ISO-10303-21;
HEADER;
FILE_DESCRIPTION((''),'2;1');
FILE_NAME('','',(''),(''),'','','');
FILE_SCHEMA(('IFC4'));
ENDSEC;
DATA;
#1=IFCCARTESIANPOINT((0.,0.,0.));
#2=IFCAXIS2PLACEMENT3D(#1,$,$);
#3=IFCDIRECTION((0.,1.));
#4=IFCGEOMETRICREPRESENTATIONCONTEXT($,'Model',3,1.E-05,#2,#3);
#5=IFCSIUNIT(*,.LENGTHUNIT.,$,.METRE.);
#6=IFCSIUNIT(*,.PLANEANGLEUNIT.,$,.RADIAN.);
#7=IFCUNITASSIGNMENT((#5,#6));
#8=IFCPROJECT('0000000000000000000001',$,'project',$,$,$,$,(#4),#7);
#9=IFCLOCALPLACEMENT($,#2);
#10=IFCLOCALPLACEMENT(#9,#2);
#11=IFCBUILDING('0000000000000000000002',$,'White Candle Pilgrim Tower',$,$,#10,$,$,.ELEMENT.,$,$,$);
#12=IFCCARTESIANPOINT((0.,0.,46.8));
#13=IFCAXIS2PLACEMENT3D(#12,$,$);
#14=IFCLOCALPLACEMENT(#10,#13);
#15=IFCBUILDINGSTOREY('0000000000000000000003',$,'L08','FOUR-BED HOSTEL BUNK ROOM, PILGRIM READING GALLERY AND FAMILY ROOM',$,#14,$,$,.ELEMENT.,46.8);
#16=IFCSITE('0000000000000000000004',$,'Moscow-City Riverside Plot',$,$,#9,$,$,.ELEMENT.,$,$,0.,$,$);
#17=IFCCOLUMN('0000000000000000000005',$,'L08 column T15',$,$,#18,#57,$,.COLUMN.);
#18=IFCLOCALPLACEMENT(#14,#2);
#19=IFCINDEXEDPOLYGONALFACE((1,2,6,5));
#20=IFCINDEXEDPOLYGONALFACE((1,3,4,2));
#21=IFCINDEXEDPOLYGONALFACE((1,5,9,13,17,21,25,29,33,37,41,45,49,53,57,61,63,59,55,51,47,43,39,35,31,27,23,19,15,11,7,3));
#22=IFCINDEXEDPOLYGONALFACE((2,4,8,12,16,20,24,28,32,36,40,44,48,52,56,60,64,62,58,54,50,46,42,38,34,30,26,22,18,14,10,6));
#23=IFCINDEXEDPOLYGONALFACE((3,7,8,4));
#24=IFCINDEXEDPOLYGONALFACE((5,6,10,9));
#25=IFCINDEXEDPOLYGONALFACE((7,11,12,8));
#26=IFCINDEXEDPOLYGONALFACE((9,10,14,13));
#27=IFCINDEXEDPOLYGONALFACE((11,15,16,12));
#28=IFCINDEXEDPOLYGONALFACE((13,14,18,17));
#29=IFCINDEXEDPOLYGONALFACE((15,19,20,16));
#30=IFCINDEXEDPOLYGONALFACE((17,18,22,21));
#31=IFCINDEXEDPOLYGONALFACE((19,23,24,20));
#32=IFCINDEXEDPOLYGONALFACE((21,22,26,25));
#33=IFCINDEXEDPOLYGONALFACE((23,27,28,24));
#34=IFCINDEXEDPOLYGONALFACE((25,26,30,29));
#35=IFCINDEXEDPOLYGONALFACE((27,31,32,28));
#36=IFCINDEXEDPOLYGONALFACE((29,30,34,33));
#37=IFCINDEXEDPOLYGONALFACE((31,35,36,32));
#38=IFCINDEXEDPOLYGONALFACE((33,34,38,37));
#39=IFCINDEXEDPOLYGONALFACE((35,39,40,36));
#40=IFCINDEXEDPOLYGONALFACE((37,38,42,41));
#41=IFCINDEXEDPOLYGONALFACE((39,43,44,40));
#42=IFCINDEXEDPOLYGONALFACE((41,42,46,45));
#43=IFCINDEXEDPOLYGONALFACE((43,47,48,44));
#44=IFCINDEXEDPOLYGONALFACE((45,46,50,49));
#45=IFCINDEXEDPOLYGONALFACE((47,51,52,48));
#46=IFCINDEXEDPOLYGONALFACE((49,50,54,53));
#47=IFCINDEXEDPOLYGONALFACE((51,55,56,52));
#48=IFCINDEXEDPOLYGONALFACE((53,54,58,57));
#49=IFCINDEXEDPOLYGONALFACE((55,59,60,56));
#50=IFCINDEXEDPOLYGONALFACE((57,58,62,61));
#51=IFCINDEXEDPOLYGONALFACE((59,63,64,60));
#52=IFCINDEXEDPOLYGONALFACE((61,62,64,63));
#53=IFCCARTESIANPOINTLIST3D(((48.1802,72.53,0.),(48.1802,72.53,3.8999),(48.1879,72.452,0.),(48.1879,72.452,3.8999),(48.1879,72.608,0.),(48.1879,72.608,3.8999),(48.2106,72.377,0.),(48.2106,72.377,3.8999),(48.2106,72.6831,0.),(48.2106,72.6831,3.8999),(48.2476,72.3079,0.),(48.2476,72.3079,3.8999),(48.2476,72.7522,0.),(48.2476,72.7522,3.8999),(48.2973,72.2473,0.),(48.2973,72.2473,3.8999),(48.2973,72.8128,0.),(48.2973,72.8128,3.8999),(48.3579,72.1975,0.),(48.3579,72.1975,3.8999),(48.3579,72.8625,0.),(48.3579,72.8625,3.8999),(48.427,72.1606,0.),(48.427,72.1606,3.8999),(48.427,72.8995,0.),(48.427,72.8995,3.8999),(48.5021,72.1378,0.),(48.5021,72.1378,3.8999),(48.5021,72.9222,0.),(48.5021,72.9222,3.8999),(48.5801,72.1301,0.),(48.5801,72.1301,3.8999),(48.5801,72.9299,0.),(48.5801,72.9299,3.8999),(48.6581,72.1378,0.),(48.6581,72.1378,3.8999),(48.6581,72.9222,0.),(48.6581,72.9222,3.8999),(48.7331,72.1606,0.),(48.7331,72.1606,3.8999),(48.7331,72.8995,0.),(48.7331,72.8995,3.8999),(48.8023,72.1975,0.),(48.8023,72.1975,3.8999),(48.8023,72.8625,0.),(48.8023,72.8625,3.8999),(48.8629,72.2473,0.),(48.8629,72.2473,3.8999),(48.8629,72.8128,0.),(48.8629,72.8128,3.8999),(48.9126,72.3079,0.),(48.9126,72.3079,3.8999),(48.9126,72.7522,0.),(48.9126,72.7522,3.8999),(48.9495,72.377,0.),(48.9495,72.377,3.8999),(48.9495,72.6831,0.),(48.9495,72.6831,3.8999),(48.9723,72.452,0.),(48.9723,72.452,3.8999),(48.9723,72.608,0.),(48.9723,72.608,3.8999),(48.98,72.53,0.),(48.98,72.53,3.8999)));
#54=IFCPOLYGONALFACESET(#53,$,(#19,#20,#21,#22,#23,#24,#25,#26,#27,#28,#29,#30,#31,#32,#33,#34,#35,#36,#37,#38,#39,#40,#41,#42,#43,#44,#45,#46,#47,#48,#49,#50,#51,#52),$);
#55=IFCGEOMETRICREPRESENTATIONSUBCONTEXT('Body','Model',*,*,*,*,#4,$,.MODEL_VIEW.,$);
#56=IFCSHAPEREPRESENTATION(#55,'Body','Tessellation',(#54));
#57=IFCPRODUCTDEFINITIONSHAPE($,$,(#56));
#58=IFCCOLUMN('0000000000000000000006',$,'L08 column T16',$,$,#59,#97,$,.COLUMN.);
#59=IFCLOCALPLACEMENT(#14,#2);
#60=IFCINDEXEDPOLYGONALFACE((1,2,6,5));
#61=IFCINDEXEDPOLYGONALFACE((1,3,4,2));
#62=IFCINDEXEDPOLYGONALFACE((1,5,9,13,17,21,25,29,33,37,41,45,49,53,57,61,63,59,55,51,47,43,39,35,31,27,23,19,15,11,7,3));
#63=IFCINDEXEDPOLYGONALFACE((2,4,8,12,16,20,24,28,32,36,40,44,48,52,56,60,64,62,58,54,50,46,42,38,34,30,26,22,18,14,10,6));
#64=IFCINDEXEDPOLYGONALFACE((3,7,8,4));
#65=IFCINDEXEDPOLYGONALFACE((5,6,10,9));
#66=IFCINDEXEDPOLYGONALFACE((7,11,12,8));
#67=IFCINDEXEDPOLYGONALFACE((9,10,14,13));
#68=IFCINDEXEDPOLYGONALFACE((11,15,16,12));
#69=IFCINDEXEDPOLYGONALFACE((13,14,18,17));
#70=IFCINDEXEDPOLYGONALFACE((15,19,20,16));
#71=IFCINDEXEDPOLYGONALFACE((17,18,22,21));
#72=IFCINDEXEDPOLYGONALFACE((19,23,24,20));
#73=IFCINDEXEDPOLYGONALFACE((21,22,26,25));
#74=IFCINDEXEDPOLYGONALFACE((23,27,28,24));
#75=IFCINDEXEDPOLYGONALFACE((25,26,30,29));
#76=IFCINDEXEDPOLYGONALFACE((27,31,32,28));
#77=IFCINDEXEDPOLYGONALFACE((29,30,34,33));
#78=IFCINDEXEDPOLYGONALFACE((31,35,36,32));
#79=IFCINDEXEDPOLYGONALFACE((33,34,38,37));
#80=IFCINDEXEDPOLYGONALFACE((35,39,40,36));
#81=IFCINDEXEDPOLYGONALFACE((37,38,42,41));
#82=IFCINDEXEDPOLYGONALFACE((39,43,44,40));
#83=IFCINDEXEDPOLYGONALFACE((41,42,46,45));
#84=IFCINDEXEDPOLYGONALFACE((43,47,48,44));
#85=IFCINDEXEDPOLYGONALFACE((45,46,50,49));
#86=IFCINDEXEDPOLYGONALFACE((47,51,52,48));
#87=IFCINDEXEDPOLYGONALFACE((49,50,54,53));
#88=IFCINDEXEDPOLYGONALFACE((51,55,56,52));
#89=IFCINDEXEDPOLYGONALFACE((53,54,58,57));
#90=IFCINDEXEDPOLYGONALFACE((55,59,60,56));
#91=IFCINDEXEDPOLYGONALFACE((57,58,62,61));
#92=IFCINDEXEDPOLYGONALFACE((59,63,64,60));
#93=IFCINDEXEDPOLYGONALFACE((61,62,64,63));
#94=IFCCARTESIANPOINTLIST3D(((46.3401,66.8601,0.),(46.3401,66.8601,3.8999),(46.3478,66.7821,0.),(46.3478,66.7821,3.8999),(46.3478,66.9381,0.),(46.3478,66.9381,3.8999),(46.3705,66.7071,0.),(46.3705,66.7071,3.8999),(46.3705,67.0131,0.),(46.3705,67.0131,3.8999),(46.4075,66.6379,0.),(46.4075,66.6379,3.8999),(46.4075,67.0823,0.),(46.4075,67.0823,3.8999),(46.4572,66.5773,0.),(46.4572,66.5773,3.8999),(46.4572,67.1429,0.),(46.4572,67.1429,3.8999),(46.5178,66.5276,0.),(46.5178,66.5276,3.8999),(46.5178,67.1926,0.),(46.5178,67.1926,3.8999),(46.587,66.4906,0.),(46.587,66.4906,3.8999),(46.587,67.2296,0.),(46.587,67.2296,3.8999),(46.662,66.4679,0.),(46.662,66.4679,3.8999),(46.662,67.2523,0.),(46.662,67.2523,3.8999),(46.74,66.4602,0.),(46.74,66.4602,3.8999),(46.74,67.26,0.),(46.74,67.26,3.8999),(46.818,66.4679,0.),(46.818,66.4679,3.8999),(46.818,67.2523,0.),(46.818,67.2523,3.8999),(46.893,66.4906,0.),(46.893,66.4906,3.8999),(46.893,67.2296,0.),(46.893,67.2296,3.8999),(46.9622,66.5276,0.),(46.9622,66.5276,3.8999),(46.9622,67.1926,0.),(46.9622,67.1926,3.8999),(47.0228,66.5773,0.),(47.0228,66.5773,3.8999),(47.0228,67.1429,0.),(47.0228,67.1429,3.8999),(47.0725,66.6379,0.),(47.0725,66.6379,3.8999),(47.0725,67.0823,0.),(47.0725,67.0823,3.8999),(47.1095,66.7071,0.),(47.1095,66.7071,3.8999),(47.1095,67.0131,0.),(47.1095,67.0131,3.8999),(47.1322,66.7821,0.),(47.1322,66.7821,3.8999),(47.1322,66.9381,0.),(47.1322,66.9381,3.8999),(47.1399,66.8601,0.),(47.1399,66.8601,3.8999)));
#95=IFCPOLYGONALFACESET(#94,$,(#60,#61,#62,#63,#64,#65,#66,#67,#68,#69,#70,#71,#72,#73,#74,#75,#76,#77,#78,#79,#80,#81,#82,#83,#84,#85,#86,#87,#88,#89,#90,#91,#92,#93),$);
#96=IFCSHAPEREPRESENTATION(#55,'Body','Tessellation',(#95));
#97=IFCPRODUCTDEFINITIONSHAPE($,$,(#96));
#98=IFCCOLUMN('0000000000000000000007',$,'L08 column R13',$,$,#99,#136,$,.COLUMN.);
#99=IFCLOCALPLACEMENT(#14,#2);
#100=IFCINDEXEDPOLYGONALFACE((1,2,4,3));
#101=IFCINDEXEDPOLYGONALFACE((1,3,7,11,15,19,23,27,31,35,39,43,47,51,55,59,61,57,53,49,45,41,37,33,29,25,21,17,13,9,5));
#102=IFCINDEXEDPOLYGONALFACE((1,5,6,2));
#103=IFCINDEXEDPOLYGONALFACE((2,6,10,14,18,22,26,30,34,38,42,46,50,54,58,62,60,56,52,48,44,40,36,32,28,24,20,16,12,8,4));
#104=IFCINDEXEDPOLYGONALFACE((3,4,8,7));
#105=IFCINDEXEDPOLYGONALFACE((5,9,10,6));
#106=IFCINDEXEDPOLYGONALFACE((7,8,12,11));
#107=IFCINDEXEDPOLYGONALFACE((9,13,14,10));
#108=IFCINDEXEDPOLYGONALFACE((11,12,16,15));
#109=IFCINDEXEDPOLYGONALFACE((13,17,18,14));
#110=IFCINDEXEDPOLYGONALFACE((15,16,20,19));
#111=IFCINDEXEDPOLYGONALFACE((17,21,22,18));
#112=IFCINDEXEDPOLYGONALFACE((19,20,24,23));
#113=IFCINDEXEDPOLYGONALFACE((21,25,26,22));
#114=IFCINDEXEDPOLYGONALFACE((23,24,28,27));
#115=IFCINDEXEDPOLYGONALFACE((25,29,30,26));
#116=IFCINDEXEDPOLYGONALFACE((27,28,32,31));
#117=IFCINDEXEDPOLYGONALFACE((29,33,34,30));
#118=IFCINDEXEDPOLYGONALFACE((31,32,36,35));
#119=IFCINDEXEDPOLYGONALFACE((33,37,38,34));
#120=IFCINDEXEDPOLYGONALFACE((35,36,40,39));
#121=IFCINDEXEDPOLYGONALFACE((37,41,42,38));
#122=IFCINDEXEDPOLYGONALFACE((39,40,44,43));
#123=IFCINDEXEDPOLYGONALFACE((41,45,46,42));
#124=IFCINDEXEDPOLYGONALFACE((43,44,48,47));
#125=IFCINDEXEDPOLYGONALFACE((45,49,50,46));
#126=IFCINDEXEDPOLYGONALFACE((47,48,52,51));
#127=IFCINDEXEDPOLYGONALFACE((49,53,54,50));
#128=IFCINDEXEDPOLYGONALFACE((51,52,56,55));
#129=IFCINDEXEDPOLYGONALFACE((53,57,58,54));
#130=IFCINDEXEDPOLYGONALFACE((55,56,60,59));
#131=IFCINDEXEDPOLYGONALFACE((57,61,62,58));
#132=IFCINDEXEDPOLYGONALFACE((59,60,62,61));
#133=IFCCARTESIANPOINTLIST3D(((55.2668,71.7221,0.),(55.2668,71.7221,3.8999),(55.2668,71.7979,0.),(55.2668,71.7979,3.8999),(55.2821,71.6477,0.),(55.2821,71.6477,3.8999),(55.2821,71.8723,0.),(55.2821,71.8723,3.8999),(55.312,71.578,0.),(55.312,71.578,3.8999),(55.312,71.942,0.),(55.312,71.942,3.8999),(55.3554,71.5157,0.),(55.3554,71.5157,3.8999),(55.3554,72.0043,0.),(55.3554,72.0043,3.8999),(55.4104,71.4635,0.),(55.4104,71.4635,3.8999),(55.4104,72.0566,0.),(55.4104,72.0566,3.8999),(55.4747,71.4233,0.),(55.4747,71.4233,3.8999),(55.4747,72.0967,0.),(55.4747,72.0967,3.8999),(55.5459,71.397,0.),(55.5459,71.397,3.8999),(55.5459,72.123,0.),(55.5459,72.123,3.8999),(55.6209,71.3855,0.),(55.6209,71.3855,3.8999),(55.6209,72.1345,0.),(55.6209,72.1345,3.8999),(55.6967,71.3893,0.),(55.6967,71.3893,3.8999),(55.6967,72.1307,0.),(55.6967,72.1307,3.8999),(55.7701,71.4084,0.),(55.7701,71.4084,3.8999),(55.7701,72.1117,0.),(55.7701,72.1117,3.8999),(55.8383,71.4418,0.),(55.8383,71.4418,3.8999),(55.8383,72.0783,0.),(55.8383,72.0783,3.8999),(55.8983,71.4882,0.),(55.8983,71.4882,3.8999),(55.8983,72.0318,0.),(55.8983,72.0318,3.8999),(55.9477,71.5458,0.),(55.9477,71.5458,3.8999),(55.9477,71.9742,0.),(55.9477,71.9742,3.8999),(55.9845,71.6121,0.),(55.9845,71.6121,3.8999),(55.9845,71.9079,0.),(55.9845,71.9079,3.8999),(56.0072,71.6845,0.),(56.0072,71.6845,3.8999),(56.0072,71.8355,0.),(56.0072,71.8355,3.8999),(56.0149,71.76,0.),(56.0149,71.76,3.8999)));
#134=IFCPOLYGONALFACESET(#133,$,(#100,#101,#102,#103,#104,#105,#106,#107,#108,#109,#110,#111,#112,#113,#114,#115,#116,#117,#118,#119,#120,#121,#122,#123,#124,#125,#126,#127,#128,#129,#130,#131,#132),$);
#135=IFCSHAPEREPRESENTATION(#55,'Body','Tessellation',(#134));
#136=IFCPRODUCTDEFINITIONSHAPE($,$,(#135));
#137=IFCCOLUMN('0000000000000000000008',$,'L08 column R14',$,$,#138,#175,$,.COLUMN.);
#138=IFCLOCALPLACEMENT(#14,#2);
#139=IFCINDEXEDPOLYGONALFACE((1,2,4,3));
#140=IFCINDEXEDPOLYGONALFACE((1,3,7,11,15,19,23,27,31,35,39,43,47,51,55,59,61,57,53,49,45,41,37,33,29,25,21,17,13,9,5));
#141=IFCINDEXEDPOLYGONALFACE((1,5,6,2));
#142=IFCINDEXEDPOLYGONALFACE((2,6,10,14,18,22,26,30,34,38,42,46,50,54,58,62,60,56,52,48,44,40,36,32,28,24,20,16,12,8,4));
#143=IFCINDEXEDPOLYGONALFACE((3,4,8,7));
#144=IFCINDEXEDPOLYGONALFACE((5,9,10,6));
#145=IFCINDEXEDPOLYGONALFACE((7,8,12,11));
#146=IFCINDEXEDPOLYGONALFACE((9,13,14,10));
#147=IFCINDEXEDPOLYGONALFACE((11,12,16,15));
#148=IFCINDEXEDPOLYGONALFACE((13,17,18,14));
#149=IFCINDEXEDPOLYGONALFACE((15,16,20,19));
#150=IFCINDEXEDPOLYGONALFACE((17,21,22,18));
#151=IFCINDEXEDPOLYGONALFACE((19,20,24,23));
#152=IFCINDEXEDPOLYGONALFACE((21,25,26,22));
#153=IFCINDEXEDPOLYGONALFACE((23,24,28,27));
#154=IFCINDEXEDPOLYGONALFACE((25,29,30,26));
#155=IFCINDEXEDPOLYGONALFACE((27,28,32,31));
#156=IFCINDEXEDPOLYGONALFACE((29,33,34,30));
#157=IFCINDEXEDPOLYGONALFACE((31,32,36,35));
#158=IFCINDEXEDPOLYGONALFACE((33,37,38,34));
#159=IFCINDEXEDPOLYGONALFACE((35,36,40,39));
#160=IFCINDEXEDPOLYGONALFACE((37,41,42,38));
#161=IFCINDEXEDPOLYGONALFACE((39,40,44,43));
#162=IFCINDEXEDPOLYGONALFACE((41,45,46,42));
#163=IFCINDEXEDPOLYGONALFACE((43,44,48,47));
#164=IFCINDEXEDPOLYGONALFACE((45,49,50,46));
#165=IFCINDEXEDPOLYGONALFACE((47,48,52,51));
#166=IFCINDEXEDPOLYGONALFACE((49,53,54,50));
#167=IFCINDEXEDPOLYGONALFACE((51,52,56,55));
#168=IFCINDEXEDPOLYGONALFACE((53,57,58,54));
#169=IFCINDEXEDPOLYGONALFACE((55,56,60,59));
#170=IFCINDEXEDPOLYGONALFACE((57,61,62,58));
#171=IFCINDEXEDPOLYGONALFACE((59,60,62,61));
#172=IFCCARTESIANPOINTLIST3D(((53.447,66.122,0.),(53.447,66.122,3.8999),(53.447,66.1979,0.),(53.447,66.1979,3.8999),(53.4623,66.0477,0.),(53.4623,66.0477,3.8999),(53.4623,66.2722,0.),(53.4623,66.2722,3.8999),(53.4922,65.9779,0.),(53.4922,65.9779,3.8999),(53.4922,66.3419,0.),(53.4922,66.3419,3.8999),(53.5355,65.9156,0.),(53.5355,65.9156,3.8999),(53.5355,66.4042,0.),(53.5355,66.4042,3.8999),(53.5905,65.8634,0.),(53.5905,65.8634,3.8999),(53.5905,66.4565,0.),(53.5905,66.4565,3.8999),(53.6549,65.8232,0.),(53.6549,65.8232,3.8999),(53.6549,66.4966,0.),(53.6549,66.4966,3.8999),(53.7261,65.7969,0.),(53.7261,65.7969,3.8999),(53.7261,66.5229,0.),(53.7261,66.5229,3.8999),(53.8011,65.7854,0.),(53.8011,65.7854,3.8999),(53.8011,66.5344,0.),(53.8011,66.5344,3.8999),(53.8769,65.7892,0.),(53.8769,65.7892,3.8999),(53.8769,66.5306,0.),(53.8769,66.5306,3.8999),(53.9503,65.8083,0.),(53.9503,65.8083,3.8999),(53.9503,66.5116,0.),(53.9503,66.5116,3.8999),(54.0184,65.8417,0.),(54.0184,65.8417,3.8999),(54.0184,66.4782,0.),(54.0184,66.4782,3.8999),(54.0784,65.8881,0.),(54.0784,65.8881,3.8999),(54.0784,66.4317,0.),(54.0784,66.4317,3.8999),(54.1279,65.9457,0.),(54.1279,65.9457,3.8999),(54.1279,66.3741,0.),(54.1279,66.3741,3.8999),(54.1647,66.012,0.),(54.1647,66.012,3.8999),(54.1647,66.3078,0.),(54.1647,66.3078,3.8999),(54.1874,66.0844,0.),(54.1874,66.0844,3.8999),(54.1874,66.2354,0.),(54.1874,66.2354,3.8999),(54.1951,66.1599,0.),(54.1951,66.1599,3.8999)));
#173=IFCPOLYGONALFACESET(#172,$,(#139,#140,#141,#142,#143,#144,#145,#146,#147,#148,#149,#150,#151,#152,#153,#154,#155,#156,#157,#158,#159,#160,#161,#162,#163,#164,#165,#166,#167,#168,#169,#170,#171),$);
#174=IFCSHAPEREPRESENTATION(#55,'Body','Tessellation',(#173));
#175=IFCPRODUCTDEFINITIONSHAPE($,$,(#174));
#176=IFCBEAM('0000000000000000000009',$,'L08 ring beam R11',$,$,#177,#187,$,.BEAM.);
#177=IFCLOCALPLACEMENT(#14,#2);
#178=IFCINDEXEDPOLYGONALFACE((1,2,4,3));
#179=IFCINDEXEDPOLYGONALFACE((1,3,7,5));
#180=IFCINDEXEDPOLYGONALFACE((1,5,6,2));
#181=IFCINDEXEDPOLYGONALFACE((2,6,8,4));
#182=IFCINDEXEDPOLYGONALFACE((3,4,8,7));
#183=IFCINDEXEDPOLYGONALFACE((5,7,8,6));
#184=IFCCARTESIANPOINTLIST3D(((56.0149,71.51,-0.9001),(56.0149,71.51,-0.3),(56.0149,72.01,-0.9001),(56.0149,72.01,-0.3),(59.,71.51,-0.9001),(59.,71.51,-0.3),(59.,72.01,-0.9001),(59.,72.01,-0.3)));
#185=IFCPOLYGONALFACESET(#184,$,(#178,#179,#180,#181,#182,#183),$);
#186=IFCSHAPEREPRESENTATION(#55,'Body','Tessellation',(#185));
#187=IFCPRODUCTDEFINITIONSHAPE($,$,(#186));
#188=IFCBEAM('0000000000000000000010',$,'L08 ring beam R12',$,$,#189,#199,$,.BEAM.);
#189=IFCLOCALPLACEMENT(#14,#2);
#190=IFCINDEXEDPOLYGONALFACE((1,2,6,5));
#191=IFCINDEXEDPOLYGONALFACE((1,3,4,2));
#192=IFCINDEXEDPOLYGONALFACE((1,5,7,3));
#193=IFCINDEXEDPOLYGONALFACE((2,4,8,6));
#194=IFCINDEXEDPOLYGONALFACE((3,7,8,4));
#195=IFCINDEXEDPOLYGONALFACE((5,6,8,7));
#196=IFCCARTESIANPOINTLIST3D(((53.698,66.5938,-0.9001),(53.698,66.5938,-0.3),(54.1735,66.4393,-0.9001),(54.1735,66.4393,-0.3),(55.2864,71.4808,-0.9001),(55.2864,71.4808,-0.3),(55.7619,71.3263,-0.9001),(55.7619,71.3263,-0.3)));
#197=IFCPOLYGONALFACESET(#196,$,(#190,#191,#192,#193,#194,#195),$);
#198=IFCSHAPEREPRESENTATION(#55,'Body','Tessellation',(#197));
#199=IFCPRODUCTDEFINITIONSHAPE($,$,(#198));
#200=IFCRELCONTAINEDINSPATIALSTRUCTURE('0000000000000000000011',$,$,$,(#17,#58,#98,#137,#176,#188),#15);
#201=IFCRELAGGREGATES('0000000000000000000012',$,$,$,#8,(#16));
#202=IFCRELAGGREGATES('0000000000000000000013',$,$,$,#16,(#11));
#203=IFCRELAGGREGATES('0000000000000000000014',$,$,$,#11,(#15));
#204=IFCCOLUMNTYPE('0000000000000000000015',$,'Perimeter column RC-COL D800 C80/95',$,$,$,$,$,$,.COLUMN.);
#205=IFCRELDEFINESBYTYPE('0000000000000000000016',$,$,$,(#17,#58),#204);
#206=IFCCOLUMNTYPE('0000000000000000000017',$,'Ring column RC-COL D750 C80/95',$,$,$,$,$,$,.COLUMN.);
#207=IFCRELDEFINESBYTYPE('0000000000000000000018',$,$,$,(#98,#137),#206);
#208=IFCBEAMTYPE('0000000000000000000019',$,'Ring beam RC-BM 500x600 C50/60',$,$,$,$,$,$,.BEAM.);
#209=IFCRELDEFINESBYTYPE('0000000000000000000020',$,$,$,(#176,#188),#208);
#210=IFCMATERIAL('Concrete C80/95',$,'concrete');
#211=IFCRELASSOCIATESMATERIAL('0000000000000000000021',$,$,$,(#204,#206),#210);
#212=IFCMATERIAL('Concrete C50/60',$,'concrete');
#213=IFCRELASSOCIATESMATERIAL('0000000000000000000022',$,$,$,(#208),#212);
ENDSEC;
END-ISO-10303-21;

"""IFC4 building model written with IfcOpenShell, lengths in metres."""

from ifc_helpers import new_model, si_unit, direction, frame, origin, origin_2d, place, context, subcontext, project, spatial, rectangle, circle, extrude, material, material_profile, profile_set, type_object, element, save


model = new_model("IFC4")

# Units and contexts
model_context = context("Model", 3, precision=1e-05, world=origin(), true_north=direction((0.0, 1.0)))
body_context = subcontext(model_context, "Body", "Model", "MODEL_VIEW")
ifc_project = project(units=[si_unit("LENGTHUNIT", "METRE"), si_unit("PLANEANGLEUNIT", "RADIAN")], contexts=[model_context])

# Site, building, storey
site_placement = place(None, origin())
site = spatial("IfcSite", under=ifc_project, at=site_placement, Name="Moscow-City Riverside Plot", CompositionType="ELEMENT", RefElevation=0.0)
building_placement = place(site_placement, origin())
building = spatial("IfcBuilding", under=site, at=building_placement, Name="White Candle Pilgrim Tower", CompositionType="ELEMENT")
storey_placement = place(building_placement, frame((0.0, 0.0, 46.8)))
storey = spatial("IfcBuildingStorey", under=building, at=storey_placement, Name="L08", Description="FOUR-BED HOSTEL BUNK ROOM, PILGRIM READING GALLERY AND FAMILY ROOM", CompositionType="ELEMENT", Elevation=46.8)

# Columns
ifc_material_1 = material(Name="Concrete C80/95", Category="concrete")
ifc_material_profile_1 = material_profile(ifc_material_1, circle(Radius=0.3999, at=origin_2d()), Name="RC-COL D800")
ifc_profile_set_1 = profile_set([ifc_material_profile_1], Name="Concrete C80/95")
column_type_1 = type_object("IfcColumnType", Name="Perimeter column RC-COL D800 C80/95", PredefinedType="COLUMN", material=ifc_profile_set_1)
for number, where, z_axis, x_axis, name in (
    (1, (48.5801, 72.53, 0.0), (0.0, 0.0, 1.0), (1.0, 0.0, 0.0), "L08 column T15"),
    (2, (46.74, 66.8601, 0.0), (0.0, 0.0, 1.0), (1.0, 0.0, 0.0), "L08 column T16"),
):
    element("IfcColumn", number, at=place(storey_placement, frame(where, z_axis=z_axis, x_axis=x_axis)), inside=storey, type_object=column_type_1, Name=name, PredefinedType="COLUMN", context=body_context, shape_type="SweptSolid", body=[
        extrude(circle(Radius=0.3999, at=origin_2d()), origin(), (0.0, 0.0, 1.0), 3.8999),
    ])
ifc_material_profile_2 = material_profile(ifc_material_1, circle(Radius=0.375, at=origin_2d()), Name="RC-COL D750")
ifc_profile_set_2 = profile_set([ifc_material_profile_2], Name="Concrete C80/95")
column_type_2 = type_object("IfcColumnType", Name="Ring column RC-COL D750 C80/95", PredefinedType="COLUMN", material=ifc_profile_set_2)
for number, where, z_axis, x_axis, name in (
    (3, (55.6399, 71.76, 0.0), (0.0, 0.0, 1.0), (1.0, 0.0, 0.0), "L08 column R13"),
    (4, (53.8201, 66.1599, 0.0), (0.0, 0.0, 1.0), (1.0, 0.0, 0.0), "L08 column R14"),
):
    element("IfcColumn", number, at=place(storey_placement, frame(where, z_axis=z_axis, x_axis=x_axis)), inside=storey, type_object=column_type_2, Name=name, PredefinedType="COLUMN", context=body_context, shape_type="SweptSolid", body=[
        extrude(circle(Radius=0.375, at=origin_2d()), origin(), (0.0, 0.0, 1.0), 3.8999),
    ])

# Beams
ifc_material_2 = material(Name="Concrete C50/60", Category="concrete")
ifc_material_profile_3 = material_profile(ifc_material_2, rectangle(XDim=0.5, YDim=0.6001, at=origin_2d()), Name="RC-BM 500x600")
ifc_profile_set_3 = profile_set([ifc_material_profile_3], Name="Concrete C50/60")
beam_type_1 = type_object("IfcBeamType", Name="Ring beam RC-BM 500x600 C50/60", PredefinedType="BEAM", material=ifc_profile_set_3)
beam_1_placement = place(storey_placement, frame((56.0149, 71.76, -0.6001), z_axis=(1.0, 0.0, 0.0), x_axis=(0.0, 1.0, 0.0)))
element("IfcBeam", 5, at=beam_1_placement, inside=storey, type_object=beam_type_1, Name="L08 ring beam R11", PredefinedType="BEAM", context=body_context, shape_type="SweptSolid", body=[
    extrude(rectangle(XDim=0.5, YDim=0.6001, at=origin_2d()), origin(), (0.0, 0.0, 1.0), 2.9851),
])
beam_2_placement = place(storey_placement, frame((55.5242, 71.4036, -0.6001), z_axis=(-0.309106, -0.951027, 0.0), x_axis=(0.951027, -0.309106, 0.0)))
element("IfcBeam", 6, at=beam_2_placement, inside=storey, type_object=beam_type_1, Name="L08 ring beam R12", PredefinedType="BEAM", context=body_context, shape_type="SweptSolid", body=[
    extrude(rectangle(XDim=0.5, YDim=0.6001, at=origin_2d()), origin(), (0.0, 0.0, 1.0), 5.1387),
])

save(model, "model.ifc")
